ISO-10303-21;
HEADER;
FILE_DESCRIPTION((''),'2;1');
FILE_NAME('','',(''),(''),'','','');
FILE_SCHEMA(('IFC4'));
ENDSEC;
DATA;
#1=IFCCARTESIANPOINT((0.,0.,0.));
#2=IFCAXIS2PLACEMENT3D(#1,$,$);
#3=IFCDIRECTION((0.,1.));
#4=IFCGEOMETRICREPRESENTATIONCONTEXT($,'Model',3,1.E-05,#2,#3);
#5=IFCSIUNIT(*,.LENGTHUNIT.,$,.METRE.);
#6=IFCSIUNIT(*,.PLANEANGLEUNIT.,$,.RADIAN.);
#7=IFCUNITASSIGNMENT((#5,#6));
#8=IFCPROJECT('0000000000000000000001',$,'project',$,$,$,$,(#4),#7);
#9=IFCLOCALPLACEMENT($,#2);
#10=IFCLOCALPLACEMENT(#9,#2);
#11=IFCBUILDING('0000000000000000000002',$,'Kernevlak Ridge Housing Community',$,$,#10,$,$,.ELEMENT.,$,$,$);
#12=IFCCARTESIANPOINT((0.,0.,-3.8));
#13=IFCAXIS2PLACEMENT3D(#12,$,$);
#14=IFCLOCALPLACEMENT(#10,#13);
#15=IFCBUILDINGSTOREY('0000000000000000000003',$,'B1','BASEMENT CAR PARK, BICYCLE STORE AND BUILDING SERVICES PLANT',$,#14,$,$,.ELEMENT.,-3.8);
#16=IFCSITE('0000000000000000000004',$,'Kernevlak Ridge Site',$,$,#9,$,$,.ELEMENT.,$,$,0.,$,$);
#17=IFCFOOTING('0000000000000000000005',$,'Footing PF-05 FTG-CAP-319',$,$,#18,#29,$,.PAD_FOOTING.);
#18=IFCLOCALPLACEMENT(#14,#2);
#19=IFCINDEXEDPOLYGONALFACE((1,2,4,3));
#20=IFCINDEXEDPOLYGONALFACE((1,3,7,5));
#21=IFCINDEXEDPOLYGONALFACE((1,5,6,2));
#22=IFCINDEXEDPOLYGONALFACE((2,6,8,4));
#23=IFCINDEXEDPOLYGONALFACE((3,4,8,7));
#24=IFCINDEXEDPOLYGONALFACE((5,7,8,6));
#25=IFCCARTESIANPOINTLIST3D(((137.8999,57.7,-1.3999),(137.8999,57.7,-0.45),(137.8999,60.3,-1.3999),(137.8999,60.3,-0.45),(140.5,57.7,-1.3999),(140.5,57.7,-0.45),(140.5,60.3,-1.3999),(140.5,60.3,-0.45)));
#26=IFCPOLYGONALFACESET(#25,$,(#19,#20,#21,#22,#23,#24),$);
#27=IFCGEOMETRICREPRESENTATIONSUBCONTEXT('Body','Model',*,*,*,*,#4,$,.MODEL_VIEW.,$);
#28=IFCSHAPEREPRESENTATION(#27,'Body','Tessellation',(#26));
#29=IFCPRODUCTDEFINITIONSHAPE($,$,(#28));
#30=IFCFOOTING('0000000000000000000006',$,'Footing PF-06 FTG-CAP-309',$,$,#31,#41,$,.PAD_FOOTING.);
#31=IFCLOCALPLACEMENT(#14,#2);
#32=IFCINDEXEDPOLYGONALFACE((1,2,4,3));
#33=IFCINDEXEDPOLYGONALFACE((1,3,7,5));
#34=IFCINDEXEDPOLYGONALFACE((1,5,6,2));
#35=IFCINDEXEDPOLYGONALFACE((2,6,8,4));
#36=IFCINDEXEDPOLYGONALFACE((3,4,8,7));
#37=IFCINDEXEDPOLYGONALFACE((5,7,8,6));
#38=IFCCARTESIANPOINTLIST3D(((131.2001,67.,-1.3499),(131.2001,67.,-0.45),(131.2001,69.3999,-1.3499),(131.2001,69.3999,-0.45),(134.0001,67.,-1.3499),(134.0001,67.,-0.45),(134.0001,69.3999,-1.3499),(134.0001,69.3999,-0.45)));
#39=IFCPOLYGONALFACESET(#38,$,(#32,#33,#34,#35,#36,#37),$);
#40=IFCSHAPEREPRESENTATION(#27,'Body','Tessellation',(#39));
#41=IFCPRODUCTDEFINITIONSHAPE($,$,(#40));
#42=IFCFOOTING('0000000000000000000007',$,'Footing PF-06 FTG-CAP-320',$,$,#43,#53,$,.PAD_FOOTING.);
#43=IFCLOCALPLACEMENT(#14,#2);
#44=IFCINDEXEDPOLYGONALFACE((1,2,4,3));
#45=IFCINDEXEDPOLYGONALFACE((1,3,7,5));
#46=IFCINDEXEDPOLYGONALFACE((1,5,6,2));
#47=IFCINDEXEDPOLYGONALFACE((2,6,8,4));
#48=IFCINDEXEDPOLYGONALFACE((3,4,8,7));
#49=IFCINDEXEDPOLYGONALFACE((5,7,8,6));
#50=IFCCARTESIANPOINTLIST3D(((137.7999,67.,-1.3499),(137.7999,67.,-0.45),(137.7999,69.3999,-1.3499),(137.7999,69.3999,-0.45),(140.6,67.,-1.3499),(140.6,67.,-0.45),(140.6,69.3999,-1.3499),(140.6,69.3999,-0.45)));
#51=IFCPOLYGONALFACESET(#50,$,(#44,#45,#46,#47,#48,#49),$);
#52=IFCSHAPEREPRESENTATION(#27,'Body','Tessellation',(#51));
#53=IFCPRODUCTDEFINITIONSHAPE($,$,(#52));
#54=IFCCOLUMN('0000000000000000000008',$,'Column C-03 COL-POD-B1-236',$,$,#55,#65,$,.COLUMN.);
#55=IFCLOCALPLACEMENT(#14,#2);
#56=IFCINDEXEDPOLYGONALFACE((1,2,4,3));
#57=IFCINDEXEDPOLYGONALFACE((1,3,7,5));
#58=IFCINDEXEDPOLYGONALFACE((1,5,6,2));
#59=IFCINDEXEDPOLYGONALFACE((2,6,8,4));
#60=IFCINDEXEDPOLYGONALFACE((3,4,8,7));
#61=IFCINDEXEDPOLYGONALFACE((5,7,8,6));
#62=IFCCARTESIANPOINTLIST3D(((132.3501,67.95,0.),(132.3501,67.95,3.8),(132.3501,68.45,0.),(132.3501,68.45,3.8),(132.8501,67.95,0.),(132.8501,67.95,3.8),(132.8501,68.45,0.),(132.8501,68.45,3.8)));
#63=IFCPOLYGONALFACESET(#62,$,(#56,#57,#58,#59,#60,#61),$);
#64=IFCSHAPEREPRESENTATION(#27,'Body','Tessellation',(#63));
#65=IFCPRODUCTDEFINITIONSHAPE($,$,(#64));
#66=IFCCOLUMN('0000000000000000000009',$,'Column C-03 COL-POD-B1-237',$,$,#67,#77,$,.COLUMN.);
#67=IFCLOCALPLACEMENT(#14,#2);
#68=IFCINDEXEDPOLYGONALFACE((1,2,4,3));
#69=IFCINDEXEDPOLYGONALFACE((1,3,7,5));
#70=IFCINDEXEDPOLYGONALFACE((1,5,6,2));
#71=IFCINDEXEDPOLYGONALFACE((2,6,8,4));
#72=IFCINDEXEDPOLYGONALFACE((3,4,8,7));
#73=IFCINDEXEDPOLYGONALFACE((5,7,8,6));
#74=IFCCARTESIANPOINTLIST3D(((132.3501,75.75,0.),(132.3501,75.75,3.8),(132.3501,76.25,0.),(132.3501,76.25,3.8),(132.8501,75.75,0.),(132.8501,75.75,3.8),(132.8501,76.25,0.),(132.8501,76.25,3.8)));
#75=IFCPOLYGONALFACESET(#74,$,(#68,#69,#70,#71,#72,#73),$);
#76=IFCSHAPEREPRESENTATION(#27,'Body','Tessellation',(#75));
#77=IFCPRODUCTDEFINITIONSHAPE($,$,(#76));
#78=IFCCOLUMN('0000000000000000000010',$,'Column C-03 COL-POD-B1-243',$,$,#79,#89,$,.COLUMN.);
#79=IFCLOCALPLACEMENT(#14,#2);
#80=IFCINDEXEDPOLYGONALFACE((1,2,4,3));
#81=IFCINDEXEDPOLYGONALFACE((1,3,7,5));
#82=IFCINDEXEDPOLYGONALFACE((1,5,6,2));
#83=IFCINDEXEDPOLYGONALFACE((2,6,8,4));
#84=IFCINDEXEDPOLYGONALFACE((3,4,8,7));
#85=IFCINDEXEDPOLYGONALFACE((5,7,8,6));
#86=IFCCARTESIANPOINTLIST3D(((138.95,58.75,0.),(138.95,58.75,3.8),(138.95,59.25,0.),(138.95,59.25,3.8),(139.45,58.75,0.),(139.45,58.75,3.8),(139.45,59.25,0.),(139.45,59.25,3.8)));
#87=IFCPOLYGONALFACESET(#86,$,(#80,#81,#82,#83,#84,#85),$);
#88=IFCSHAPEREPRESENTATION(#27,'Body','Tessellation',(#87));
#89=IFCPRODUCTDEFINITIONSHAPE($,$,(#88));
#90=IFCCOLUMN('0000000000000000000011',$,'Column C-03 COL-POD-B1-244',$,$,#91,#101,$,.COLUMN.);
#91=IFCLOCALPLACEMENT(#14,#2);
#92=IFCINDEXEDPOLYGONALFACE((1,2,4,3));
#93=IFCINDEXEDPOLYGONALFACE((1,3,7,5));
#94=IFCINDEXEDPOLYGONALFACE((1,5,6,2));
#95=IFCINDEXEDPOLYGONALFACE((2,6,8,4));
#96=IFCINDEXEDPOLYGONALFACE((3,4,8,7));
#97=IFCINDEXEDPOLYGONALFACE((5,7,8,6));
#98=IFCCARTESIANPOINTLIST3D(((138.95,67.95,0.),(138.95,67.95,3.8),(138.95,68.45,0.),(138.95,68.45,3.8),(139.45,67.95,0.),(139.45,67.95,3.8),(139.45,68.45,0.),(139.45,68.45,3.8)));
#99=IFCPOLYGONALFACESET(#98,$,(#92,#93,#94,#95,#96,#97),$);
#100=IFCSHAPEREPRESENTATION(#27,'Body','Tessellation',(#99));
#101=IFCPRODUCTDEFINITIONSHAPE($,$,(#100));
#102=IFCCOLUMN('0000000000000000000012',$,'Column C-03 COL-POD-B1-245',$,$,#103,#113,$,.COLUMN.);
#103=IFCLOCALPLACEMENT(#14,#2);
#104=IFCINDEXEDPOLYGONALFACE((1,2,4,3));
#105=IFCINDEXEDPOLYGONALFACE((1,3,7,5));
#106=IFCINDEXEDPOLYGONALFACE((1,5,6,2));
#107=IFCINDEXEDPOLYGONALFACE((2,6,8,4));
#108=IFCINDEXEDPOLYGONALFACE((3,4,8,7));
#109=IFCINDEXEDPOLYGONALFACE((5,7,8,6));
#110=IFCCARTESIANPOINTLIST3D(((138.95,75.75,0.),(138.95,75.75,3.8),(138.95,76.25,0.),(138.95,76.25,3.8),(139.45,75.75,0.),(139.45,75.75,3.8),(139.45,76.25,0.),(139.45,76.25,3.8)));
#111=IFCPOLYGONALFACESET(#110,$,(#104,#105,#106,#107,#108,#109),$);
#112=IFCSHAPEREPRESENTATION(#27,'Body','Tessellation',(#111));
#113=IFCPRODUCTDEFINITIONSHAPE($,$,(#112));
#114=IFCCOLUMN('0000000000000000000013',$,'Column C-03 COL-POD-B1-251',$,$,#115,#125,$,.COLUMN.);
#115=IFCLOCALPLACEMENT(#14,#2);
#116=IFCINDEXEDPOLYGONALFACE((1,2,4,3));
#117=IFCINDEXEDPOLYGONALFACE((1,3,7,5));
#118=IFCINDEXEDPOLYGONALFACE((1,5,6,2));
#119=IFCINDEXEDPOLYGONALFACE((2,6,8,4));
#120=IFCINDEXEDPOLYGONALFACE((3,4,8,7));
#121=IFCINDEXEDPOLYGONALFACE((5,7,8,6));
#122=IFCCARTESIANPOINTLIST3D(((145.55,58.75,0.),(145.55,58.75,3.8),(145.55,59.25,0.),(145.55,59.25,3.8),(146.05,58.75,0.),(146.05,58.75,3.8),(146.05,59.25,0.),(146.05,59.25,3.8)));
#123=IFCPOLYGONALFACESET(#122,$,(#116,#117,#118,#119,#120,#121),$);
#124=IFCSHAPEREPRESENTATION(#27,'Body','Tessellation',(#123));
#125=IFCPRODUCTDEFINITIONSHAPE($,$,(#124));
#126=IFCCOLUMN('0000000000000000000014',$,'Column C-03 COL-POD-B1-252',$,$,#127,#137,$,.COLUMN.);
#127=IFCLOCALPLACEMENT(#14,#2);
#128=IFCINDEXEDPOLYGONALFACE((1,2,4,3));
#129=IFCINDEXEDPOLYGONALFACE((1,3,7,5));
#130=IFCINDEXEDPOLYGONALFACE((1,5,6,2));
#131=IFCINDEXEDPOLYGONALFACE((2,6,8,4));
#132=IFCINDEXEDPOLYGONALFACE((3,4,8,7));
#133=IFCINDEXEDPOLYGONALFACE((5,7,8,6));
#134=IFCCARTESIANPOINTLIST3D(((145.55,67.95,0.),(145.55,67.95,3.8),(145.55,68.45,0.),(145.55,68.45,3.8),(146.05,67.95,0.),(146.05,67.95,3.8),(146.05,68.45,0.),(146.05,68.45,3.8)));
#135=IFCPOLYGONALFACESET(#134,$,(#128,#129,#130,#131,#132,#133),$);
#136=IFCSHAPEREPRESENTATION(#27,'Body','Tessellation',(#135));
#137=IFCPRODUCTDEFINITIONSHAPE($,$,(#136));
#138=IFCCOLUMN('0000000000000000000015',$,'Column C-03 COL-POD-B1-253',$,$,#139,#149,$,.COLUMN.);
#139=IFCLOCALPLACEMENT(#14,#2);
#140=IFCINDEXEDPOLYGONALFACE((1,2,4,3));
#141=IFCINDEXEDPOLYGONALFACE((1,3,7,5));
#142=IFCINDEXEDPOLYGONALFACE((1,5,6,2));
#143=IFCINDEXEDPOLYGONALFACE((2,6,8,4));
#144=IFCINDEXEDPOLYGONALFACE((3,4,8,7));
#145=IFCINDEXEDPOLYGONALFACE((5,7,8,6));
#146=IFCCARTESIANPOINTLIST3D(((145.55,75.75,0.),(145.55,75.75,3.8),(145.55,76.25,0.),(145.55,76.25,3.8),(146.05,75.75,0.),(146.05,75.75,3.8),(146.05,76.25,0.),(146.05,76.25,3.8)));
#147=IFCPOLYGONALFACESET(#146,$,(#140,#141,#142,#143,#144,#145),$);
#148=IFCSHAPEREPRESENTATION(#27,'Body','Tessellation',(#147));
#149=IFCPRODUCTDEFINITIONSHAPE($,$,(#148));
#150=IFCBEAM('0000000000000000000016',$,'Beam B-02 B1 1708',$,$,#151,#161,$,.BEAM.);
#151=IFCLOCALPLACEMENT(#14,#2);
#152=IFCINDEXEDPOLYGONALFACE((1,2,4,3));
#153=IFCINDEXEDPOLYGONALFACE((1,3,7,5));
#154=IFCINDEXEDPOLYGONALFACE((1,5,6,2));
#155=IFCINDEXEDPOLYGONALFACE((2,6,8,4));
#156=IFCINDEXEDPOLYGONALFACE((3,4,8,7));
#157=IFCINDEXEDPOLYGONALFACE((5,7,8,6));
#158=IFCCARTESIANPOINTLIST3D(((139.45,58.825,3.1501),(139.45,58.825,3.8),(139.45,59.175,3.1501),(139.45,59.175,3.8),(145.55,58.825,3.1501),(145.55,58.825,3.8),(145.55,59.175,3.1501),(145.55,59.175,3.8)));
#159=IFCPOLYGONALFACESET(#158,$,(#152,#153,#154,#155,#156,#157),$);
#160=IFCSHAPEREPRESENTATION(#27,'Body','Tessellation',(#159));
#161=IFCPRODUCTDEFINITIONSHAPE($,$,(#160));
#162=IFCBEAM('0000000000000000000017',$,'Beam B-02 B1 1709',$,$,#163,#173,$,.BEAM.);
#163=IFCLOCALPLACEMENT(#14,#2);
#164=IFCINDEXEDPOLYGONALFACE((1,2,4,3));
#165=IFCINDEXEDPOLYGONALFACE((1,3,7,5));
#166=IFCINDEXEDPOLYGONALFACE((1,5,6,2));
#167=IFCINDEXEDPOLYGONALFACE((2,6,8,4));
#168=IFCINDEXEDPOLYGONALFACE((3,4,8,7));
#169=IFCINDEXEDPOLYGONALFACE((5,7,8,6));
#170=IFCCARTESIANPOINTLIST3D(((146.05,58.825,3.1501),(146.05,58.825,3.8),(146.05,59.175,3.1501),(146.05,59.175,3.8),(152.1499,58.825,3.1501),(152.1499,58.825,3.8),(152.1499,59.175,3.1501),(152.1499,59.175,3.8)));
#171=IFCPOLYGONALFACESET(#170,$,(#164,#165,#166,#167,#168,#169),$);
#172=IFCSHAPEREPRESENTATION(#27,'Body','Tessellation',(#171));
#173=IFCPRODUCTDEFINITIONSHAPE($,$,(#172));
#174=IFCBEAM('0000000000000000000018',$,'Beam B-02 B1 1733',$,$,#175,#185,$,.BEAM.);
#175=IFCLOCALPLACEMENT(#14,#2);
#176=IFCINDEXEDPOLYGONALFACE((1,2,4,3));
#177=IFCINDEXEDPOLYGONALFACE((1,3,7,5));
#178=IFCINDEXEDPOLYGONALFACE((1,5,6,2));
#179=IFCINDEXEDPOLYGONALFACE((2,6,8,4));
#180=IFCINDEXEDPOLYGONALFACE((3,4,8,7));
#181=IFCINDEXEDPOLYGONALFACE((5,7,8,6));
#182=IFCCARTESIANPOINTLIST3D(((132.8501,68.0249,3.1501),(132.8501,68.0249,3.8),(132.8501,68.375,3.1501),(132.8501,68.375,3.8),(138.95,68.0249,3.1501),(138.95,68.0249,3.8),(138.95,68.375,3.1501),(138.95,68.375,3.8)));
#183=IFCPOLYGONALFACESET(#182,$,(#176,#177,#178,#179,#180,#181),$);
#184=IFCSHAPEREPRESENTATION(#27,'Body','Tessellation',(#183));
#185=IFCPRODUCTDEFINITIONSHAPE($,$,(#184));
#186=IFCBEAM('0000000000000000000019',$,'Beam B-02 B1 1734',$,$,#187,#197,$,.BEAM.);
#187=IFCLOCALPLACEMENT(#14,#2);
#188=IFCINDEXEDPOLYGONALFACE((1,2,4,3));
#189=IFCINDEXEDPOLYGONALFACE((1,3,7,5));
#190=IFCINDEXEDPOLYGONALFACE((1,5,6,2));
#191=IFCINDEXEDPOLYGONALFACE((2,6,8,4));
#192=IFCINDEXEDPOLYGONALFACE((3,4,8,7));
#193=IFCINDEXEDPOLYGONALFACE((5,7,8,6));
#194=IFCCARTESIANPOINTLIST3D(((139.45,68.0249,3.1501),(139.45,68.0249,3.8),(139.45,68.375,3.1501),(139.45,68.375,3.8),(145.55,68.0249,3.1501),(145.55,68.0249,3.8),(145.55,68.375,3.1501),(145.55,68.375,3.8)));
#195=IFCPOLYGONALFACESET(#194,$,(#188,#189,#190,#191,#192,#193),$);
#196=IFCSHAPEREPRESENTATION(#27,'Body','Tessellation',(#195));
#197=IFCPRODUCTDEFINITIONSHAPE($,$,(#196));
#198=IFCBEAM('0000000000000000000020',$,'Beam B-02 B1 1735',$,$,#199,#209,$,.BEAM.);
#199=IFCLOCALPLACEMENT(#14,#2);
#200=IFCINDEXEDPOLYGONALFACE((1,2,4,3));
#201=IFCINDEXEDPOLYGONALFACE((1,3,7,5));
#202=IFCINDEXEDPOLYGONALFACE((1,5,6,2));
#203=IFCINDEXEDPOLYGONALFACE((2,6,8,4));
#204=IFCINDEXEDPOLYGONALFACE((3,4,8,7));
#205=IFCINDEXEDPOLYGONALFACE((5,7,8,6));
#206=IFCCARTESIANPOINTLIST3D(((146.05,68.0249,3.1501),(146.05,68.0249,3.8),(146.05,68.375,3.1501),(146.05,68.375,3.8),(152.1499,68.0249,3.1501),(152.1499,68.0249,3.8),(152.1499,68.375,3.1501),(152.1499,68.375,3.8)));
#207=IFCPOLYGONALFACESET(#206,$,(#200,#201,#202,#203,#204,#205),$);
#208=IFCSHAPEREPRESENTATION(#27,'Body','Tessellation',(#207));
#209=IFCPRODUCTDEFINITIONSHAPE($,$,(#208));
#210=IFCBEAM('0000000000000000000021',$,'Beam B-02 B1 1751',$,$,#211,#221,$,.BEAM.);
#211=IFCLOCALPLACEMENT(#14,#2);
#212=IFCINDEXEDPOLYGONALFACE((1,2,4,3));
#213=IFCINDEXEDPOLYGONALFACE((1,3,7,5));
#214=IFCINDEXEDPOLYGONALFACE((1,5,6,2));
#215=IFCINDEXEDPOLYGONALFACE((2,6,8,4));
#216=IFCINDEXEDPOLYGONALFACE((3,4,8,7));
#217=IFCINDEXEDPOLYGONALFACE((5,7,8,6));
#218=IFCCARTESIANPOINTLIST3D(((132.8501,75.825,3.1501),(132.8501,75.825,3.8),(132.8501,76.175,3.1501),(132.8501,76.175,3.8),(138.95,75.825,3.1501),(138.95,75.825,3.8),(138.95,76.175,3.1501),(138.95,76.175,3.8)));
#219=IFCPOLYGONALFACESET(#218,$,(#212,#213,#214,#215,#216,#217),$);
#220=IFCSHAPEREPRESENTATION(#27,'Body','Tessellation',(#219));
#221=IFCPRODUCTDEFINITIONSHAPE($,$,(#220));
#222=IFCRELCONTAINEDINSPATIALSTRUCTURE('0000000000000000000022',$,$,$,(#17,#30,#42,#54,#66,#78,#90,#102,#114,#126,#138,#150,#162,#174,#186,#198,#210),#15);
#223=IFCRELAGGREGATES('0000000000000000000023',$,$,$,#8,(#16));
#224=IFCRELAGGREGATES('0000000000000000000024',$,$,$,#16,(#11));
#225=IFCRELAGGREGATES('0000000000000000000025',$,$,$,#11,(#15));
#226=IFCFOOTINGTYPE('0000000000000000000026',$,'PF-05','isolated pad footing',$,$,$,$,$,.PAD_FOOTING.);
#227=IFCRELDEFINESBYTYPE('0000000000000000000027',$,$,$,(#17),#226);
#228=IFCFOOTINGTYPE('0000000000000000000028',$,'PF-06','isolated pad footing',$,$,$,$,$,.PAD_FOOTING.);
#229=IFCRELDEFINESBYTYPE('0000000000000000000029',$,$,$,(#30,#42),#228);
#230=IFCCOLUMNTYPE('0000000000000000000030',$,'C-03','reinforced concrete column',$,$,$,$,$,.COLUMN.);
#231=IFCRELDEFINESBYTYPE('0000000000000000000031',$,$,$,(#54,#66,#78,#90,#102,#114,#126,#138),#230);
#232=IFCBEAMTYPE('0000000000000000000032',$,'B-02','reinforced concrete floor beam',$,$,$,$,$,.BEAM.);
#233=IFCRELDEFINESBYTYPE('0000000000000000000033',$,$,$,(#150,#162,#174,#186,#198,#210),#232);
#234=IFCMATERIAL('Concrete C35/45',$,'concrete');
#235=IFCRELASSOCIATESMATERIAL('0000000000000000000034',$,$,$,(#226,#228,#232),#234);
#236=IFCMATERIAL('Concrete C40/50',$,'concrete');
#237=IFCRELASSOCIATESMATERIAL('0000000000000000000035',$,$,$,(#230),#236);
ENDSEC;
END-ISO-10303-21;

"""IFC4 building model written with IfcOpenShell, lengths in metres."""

from ifc_helpers import new_model, si_unit, direction, frame, origin, origin_2d, place, context, subcontext, project, spatial, rectangle, extrude, material, material_profile, profile_set, type_object, element, save


model = new_model("IFC4")

# Units and contexts
model_context = context("Model", 3, precision=1e-05, world=origin(), true_north=direction((0.0, 1.0)))
body_context = subcontext(model_context, "Body", "Model", "MODEL_VIEW")
ifc_project = project(units=[si_unit("LENGTHUNIT", "METRE"), si_unit("PLANEANGLEUNIT", "RADIAN")], contexts=[model_context])

# Site, building, storey
site_placement = place(None, origin())
site = spatial("IfcSite", under=ifc_project, at=site_placement, Name="Kernevlak Ridge Site", CompositionType="ELEMENT", RefElevation=0.0)
building_placement = place(site_placement, origin())
building = spatial("IfcBuilding", under=site, at=building_placement, Name="Kernevlak Ridge Housing Community", CompositionType="ELEMENT")
storey_placement = place(building_placement, frame((0.0, 0.0, -3.8)))
storey = spatial("IfcBuildingStorey", under=building, at=storey_placement, Name="B1", Description="BASEMENT CAR PARK, BICYCLE STORE AND BUILDING SERVICES PLANT", CompositionType="ELEMENT", Elevation=-3.8)

# Shared definitions
ifc_material_1 = material(Name="Concrete C35/45", Category="concrete")

# Footings
footing_type_1 = type_object("IfcFootingType", Name="PF-05", Description="isolated pad footing", PredefinedType="PAD_FOOTING", material=ifc_material_1)
footing_1_placement = place(storey_placement, frame((139.2, 59.0, -1.3999), z_axis=(0.0, 0.0, 1.0), x_axis=(1.0, 0.0, 0.0)))
element("IfcFooting", 1, at=footing_1_placement, inside=storey, type_object=footing_type_1, Name="Footing PF-05 FTG-CAP-319", PredefinedType="PAD_FOOTING", context=body_context, shape_type="SweptSolid", body=[
    extrude(rectangle(XDim=2.6001, YDim=2.6001, at=origin_2d()), origin(), (0.0, 0.0, 1.0), 0.95),
])
footing_type_2 = type_object("IfcFootingType", Name="PF-06", Description="isolated pad footing", PredefinedType="PAD_FOOTING", material=ifc_material_1)
for number, where, z_axis, x_axis, name in (
    (2, (132.6001, 68.2, -1.3499), (0.0, 0.0, 1.0), (1.0, 0.0, 0.0), "Footing PF-06 FTG-CAP-309"),
    (3, (139.2, 68.2, -1.3499), (0.0, 0.0, 1.0), (1.0, 0.0, 0.0), "Footing PF-06 FTG-CAP-320"),
):
    element("IfcFooting", number, at=place(storey_placement, frame(where, z_axis=z_axis, x_axis=x_axis)), inside=storey, type_object=footing_type_2, Name=name, PredefinedType="PAD_FOOTING", context=body_context, shape_type="SweptSolid", body=[
        extrude(rectangle(XDim=2.8, YDim=2.3999, at=origin_2d()), origin(), (0.0, 0.0, 1.0), 0.8999),
    ])

# Columns
ifc_material_2 = material(Name="Concrete C40/50", Category="concrete")
ifc_material_profile_1 = material_profile(ifc_material_2, rectangle(XDim=0.5, YDim=0.5, at=origin_2d()), Name="RC 500x500")
ifc_profile_set_1 = profile_set([ifc_material_profile_1], Name="Concrete C40/50")
column_type = type_object("IfcColumnType", Name="C-03", Description="reinforced concrete column", PredefinedType="COLUMN", material=ifc_profile_set_1)
for number, where, z_axis, x_axis, name in (
    (4, (132.6001, 68.2, 0.0), (0.0, 0.0, 1.0), (1.0, 0.0, 0.0), "Column C-03 COL-POD-B1-236"),
    (5, (132.6001, 76.0, 0.0), (0.0, 0.0, 1.0), (1.0, 0.0, 0.0), "Column C-03 COL-POD-B1-237"),
    (6, (139.2, 59.0, 0.0), (0.0, 0.0, 1.0), (1.0, 0.0, 0.0), "Column C-03 COL-POD-B1-243"),
    (7, (139.2, 68.2, 0.0), (0.0, 0.0, 1.0), (1.0, 0.0, 0.0), "Column C-03 COL-POD-B1-244"),
    (8, (139.2, 76.0, 0.0), (0.0, 0.0, 1.0), (1.0, 0.0, 0.0), "Column C-03 COL-POD-B1-245"),
    (9, (145.8, 59.0, 0.0), (0.0, 0.0, 1.0), (1.0, 0.0, 0.0), "Column C-03 COL-POD-B1-251"),
    (10, (145.8, 68.2, 0.0), (0.0, 0.0, 1.0), (1.0, 0.0, 0.0), "Column C-03 COL-POD-B1-252"),
    (11, (145.8, 76.0, 0.0), (0.0, 0.0, 1.0), (1.0, 0.0, 0.0), "Column C-03 COL-POD-B1-253"),
):
    element("IfcColumn", number, at=place(storey_placement, frame(where, z_axis=z_axis, x_axis=x_axis)), inside=storey, type_object=column_type, Name=name, PredefinedType="COLUMN", context=body_context, shape_type="SweptSolid", body=[
        extrude(rectangle(XDim=0.5, YDim=0.5, at=origin_2d()), origin(), (0.0, 0.0, 1.0), 3.8),
    ])

# Beams
ifc_material_profile_2 = material_profile(ifc_material_1, rectangle(XDim=0.3501, YDim=0.6499, at=origin_2d()), Name="RC 350x650")
ifc_profile_set_2 = profile_set([ifc_material_profile_2], Name="Concrete C35/45")
beam_type = type_object("IfcBeamType", Name="B-02", Description="reinforced concrete floor beam", PredefinedType="BEAM", material=ifc_profile_set_2)
beam_1_placement = place(storey_placement, frame((139.45, 59.0, 3.4751), z_axis=(1.0, 0.0, 0.0), x_axis=(0.0, 1.0, 0.0)))
element("IfcBeam", 12, at=beam_1_placement, inside=storey, type_object=beam_type, Name="Beam B-02 B1 1708", PredefinedType="BEAM", context=body_context, shape_type="SweptSolid", body=[
    extrude(rectangle(XDim=0.3501, YDim=0.6499, at=origin_2d()), origin(), (0.0, 0.0, 1.0), 6.1001),
])
for number, where, z_axis, x_axis, name in (
    (13, (146.05, 59.0, 3.4751), (1.0, 0.0, 0.0), (0.0, 1.0, 0.0), "Beam B-02 B1 1709"),
    (14, (132.8501, 68.2, 3.4751), (1.0, 0.0, 0.0), (0.0, 1.0, 0.0), "Beam B-02 B1 1733"),
):
    element("IfcBeam", number, at=place(storey_placement, frame(where, z_axis=z_axis, x_axis=x_axis)), inside=storey, type_object=beam_type, Name=name, PredefinedType="BEAM", context=body_context, shape_type="SweptSolid", body=[
        extrude(rectangle(XDim=0.3501, YDim=0.6499, at=origin_2d()), origin(), (0.0, 0.0, 1.0), 6.0999),
    ])
beam_2_placement = place(storey_placement, frame((139.45, 68.2, 3.4751), z_axis=(1.0, 0.0, 0.0), x_axis=(0.0, 1.0, 0.0)))
element("IfcBeam", 15, at=beam_2_placement, inside=storey, type_object=beam_type, Name="Beam B-02 B1 1734", PredefinedType="BEAM", context=body_context, shape_type="SweptSolid", body=[
    extrude(rectangle(XDim=0.3501, YDim=0.6499, at=origin_2d()), origin(), (0.0, 0.0, 1.0), 6.1001),
])
for number, where, z_axis, x_axis, name in (
    (16, (146.05, 68.2, 3.4751), (1.0, 0.0, 0.0), (0.0, 1.0, 0.0), "Beam B-02 B1 1735"),
    (17, (132.8501, 76.0, 3.4751), (1.0, 0.0, 0.0), (0.0, 1.0, 0.0), "Beam B-02 B1 1751"),
):
    element("IfcBeam", number, at=place(storey_placement, frame(where, z_axis=z_axis, x_axis=x_axis)), inside=storey, type_object=beam_type, Name=name, PredefinedType="BEAM", context=body_context, shape_type="SweptSolid", body=[
        extrude(rectangle(XDim=0.3501, YDim=0.6499, at=origin_2d()), origin(), (0.0, 0.0, 1.0), 6.0999),
    ])

save(model, "model.ifc")
